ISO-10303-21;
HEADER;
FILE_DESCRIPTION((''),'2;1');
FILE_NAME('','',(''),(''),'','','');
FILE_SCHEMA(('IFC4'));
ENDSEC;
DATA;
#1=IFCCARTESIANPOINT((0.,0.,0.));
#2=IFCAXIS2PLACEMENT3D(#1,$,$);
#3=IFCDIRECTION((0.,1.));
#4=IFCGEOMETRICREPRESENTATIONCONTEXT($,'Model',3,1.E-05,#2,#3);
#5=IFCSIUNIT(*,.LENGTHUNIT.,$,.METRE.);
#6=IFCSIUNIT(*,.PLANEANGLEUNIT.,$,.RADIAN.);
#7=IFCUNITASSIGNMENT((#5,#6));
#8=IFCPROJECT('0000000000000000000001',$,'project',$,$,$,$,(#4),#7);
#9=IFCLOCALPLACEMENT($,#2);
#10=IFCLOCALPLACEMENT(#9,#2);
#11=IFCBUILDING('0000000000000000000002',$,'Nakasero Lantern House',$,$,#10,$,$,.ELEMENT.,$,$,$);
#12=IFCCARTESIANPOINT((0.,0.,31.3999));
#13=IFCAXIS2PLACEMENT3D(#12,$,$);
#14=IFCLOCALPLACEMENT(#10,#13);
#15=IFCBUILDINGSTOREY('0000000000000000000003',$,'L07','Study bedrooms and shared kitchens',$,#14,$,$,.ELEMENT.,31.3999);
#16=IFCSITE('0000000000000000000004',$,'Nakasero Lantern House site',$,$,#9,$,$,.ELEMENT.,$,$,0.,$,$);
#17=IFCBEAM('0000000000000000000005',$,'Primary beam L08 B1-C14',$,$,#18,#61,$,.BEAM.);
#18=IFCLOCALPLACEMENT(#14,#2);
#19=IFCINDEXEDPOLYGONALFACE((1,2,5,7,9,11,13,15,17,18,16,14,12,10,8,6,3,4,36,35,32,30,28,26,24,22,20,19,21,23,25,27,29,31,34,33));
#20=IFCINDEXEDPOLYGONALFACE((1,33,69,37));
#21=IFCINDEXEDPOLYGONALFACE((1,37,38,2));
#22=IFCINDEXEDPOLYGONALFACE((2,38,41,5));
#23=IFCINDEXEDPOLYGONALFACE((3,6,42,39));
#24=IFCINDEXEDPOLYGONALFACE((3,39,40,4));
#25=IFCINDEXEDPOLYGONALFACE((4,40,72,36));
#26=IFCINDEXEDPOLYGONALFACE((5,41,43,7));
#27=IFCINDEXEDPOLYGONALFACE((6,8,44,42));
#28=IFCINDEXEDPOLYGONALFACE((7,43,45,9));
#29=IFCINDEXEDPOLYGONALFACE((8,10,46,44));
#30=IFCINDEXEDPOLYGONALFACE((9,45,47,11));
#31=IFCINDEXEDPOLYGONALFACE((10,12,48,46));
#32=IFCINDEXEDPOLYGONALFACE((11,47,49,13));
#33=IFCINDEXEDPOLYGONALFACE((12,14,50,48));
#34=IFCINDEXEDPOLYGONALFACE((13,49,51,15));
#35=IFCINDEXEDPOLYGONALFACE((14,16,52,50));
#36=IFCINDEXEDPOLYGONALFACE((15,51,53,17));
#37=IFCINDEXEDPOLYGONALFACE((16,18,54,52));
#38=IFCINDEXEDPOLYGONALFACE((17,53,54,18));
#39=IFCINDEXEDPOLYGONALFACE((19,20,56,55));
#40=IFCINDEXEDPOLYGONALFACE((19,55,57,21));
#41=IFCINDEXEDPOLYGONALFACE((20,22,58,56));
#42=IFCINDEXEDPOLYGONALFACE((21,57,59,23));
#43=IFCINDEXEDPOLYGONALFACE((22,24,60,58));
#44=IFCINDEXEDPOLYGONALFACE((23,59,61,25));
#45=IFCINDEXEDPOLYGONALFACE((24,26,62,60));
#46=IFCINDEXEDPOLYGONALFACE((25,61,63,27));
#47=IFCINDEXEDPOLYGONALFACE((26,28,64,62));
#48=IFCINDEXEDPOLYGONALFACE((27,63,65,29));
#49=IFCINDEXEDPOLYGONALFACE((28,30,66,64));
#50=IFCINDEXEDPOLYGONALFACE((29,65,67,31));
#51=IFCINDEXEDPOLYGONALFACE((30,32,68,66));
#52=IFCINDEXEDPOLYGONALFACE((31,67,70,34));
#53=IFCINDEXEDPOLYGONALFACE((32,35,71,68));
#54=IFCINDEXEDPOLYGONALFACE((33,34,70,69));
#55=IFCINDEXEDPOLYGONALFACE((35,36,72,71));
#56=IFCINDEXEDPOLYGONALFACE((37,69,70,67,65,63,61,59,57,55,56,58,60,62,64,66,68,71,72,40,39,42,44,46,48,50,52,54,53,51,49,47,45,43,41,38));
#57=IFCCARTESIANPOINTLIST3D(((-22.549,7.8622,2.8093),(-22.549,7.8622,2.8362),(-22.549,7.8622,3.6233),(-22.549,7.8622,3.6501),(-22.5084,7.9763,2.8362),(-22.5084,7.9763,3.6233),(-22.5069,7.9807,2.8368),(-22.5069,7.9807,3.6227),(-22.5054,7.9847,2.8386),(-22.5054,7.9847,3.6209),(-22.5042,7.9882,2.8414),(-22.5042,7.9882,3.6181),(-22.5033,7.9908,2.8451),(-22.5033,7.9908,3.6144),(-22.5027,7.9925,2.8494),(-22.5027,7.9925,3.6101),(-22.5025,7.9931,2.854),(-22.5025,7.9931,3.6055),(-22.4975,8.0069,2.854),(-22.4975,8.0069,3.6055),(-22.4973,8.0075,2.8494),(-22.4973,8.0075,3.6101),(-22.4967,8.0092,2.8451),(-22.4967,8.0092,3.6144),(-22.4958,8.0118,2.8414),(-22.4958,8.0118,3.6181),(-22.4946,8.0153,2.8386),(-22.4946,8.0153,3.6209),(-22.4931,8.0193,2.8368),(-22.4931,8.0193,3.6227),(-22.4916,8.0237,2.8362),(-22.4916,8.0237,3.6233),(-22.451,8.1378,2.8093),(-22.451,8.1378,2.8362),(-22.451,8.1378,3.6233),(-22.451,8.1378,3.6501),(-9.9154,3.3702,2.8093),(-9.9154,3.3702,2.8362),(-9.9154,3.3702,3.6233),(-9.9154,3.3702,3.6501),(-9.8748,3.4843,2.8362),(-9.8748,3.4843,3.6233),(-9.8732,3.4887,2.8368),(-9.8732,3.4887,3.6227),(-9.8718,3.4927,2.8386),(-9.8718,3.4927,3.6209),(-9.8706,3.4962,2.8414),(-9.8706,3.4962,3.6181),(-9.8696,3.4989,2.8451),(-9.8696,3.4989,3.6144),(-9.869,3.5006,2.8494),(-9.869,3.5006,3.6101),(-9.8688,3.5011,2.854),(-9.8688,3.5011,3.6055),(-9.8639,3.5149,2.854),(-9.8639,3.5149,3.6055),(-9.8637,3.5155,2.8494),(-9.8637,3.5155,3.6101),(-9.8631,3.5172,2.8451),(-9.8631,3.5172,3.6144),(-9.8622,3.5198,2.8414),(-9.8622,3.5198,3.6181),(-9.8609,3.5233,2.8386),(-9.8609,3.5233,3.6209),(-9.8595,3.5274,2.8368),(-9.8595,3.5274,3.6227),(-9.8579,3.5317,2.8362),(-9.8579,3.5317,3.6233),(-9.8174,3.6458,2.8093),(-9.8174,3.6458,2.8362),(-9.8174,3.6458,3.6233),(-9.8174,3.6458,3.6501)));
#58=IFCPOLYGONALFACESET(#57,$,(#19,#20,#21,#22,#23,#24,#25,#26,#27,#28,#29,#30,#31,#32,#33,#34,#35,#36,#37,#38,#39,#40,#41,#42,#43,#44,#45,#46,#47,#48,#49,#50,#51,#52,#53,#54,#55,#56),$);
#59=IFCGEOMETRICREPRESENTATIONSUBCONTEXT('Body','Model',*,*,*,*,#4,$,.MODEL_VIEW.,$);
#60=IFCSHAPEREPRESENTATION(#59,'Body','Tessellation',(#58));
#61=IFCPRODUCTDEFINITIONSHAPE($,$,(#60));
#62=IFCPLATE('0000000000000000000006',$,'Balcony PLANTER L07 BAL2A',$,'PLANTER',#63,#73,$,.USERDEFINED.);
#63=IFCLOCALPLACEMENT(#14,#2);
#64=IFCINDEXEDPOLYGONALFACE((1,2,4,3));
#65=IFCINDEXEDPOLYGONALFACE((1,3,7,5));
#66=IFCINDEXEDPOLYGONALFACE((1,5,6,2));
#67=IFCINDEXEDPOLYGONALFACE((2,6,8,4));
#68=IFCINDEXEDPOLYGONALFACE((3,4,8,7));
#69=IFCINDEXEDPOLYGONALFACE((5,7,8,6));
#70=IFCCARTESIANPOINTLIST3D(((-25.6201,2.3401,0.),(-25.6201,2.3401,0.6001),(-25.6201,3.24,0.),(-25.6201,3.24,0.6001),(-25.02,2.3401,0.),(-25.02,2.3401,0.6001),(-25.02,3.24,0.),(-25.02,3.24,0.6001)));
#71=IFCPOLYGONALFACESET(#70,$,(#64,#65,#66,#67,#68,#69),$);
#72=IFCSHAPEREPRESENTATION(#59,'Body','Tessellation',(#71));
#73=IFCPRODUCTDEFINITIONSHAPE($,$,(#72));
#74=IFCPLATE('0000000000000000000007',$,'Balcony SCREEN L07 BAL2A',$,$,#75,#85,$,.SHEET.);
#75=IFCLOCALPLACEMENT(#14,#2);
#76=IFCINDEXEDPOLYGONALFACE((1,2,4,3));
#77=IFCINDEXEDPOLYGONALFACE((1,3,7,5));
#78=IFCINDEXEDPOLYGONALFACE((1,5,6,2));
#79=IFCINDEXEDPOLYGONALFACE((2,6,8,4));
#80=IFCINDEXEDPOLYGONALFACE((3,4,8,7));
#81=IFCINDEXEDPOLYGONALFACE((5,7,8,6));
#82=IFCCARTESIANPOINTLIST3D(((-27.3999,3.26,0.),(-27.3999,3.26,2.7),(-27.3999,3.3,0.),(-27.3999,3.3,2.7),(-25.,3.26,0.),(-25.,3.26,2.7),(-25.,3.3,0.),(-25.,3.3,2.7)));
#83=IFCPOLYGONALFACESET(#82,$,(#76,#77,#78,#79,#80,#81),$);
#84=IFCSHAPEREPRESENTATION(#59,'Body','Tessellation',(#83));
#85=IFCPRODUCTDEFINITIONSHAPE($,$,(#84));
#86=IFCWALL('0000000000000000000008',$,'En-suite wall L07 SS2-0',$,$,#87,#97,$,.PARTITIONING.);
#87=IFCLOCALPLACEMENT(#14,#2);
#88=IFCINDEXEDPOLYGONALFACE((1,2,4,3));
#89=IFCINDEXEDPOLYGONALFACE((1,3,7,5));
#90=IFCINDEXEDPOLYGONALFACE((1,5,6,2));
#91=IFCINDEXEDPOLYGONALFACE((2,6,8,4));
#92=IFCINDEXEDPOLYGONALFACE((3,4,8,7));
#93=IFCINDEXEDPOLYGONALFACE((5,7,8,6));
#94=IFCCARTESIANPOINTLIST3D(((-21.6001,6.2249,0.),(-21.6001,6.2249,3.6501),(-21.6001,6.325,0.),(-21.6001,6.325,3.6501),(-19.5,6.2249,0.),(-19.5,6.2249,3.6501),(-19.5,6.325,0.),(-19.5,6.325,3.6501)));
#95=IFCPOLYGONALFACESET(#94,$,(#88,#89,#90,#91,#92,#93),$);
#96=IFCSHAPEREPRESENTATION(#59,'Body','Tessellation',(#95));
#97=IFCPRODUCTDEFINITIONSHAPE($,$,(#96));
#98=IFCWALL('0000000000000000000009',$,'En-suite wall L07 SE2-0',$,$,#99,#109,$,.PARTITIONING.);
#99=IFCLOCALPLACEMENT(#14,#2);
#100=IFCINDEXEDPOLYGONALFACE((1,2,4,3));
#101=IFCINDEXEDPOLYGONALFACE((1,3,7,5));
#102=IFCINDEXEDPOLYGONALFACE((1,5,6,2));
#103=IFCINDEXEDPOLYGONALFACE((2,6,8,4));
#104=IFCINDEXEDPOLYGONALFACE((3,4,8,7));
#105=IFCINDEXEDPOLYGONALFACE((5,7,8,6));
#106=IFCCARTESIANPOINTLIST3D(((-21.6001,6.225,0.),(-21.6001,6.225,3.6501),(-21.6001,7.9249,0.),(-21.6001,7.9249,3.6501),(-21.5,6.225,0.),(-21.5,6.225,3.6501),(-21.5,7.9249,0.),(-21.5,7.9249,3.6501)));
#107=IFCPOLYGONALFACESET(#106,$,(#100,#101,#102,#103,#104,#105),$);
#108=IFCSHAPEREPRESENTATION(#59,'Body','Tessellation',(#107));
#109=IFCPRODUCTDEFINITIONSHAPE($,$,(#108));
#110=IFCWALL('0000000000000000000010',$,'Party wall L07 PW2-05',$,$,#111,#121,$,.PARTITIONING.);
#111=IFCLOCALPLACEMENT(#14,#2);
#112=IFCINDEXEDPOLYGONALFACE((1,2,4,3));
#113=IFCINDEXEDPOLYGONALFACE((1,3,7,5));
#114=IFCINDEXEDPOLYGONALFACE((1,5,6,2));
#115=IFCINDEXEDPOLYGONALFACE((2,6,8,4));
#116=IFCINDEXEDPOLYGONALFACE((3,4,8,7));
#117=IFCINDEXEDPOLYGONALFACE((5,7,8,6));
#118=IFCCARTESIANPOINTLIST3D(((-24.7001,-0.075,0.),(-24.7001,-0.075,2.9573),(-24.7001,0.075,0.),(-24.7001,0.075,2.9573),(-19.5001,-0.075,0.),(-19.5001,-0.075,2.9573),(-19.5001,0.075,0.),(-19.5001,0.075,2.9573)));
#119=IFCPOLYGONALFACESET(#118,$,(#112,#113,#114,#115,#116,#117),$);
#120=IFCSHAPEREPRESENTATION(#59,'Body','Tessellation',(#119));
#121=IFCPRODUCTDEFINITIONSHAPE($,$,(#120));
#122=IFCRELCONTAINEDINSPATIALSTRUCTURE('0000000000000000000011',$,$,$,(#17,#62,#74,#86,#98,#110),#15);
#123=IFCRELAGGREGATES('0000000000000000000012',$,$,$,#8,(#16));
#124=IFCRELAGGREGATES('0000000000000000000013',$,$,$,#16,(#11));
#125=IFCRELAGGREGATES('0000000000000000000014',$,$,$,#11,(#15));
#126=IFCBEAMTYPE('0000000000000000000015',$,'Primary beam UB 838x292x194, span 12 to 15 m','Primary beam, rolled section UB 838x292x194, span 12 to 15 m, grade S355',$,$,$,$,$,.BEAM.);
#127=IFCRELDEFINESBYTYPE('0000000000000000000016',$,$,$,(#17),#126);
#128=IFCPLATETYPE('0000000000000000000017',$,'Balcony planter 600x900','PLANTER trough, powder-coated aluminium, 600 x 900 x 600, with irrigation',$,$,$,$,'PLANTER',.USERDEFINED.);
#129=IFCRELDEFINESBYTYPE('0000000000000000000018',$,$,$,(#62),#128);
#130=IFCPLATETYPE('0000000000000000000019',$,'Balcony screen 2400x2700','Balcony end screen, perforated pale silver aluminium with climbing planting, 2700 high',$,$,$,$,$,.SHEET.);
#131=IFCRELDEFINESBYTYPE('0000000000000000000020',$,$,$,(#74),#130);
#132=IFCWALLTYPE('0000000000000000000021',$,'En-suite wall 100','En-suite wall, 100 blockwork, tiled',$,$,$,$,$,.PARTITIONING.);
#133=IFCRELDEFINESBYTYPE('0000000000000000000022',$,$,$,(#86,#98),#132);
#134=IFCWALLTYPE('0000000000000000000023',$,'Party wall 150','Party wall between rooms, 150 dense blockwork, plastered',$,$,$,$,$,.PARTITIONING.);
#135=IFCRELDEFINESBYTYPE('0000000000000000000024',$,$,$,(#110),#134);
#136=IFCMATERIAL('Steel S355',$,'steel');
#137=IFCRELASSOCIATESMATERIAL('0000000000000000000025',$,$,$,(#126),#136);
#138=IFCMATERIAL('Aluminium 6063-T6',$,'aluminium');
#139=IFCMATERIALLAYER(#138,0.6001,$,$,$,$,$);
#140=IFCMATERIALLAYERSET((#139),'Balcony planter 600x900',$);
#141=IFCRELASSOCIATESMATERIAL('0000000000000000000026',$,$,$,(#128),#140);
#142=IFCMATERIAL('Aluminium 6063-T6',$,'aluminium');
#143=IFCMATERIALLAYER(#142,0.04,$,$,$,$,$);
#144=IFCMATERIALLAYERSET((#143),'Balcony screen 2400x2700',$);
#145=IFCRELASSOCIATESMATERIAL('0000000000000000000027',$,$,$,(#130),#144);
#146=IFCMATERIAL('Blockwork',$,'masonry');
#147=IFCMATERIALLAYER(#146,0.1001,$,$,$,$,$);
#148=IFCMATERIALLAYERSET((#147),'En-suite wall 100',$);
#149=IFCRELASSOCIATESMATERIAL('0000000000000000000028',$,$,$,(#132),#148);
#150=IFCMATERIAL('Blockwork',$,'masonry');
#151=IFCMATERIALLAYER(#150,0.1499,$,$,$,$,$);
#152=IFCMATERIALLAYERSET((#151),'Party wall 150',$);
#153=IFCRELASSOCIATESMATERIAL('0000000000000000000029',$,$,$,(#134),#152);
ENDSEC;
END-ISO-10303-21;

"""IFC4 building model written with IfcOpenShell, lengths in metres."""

from ifc_helpers import new_model, si_unit, direction, frame, frame_2d, origin, origin_2d, place, context, subcontext, project, spatial, rectangle, i_section, extrude, material, layer, layer_set, material_profile, profile_set, type_object, element, save


model = new_model("IFC4")

# Units and contexts
model_context = context("Model", 3, precision=1e-05, world=origin(), true_north=direction((0.0, 1.0)))
body_context = subcontext(model_context, "Body", "Model", "MODEL_VIEW")
ifc_project = project(units=[si_unit("LENGTHUNIT", "METRE"), si_unit("PLANEANGLEUNIT", "RADIAN")], contexts=[model_context])

# Site, building, storey
site_placement = place(None, origin())
site = spatial("IfcSite", under=ifc_project, at=site_placement, Name="Nakasero Lantern House site", CompositionType="ELEMENT", RefElevation=0.0)
building_placement = place(site_placement, origin())
building = spatial("IfcBuilding", under=site, at=building_placement, Name="Nakasero Lantern House", CompositionType="ELEMENT")
storey_placement = place(building_placement, frame((0.0, 0.0, 31.3999)))
storey = spatial("IfcBuildingStorey", under=building, at=storey_placement, Name="L07", Description="Study bedrooms and shared kitchens", CompositionType="ELEMENT", Elevation=31.3999)

# Beam
ifc_material_1 = material(Name="Steel S355", Category="steel")
ifc_material_profile_1 = material_profile(ifc_material_1, i_section(OverallWidth=0.2925, OverallDepth=0.8408, WebThickness=0.0146, FlangeThickness=0.0269, FilletRadius=0.0178, at=origin_2d()), Name="UB 838x292x194")
ifc_profile_set_1 = profile_set([ifc_material_profile_1], Name="Steel S355")
beam_type_1 = type_object("IfcBeamType", Name="Primary beam UB 838x292x194, span 12 to 15 m", Description="Primary beam, rolled section UB 838x292x194, span 12 to 15 m, grade S355", PredefinedType="BEAM", material=ifc_profile_set_1)
beam_1_placement = place(storey_placement, frame((-22.5, 8.0, 3.2297), z_axis=(0.942214, -0.335011, 0.0), x_axis=(0.335011, 0.942214, 0.0)))
element("IfcBeam", 1, at=beam_1_placement, inside=storey, type_object=beam_type_1, Name="Primary beam L08 B1-C14", PredefinedType="BEAM", context=body_context, shape_type="SweptSolid", body=[
    extrude(i_section(OverallWidth=0.2925, OverallDepth=0.8408, WebThickness=0.0146, FlangeThickness=0.0269, FilletRadius=0.0178, at=origin_2d()), origin(), (0.0, 0.0, 1.0), 13.4084),
])

# Plates
ifc_material_2 = material(Name="Aluminium 6063-T6", Category="aluminium")
ifc_layer_1 = layer(ifc_material_2, 0.6001)
ifc_layer_set_1 = layer_set([ifc_layer_1], Name="Balcony planter 600x900")
plate_type_1 = type_object("IfcPlateType", Name="Balcony planter 600x900", Description="PLANTER trough, powder-coated aluminium, 600 x 900 x 600, with irrigation", ElementType="PLANTER", PredefinedType="USERDEFINED", material=ifc_layer_set_1)
plate_1_placement = place(storey_placement, frame((-25.3201, 2.79, 0.0), z_axis=(0.0, 0.0, 1.0), x_axis=(-1.0, 0.0, 0.0)))
element("IfcPlate", 2, at=plate_1_placement, inside=storey, type_object=plate_type_1, Name="Balcony PLANTER L07 BAL2A", ObjectType="PLANTER", PredefinedType="USERDEFINED", context=body_context, shape_type="SweptSolid", body=[
    extrude(rectangle(XDim=0.6001, YDim=0.8999, at=origin_2d()), origin(), (0.0, 0.0, 1.0), 0.6001),
])
ifc_material_3 = material(Name="Aluminium 6063-T6", Category="aluminium")
ifc_layer_2 = layer(ifc_material_3, 0.04)
ifc_layer_set_2 = layer_set([ifc_layer_2], Name="Balcony screen 2400x2700")
plate_type_2 = type_object("IfcPlateType", Name="Balcony screen 2400x2700", Description="Balcony end screen, perforated pale silver aluminium with climbing planting, 2700 high", PredefinedType="SHEET", material=ifc_layer_set_2)
plate_2_placement = place(storey_placement, frame((-26.2, 3.28, 0.0), z_axis=(0.0, 0.0, 1.0), x_axis=(-1.0, 0.0, 0.0)))
element("IfcPlate", 3, at=plate_2_placement, inside=storey, type_object=plate_type_2, Name="Balcony SCREEN L07 BAL2A", PredefinedType="SHEET", context=body_context, shape_type="SweptSolid", body=[
    extrude(rectangle(XDim=2.3999, YDim=0.04, at=origin_2d()), origin(), (0.0, 0.0, 1.0), 2.7),
])

# Walls
ifc_material_4 = material(Name="Blockwork", Category="masonry")
ifc_layer_3 = layer(ifc_material_4, 0.1001)
ifc_layer_set_3 = layer_set([ifc_layer_3], Name="En-suite wall 100")
wall_type_1 = type_object("IfcWallType", Name="En-suite wall 100", Description="En-suite wall, 100 blockwork, tiled", PredefinedType="PARTITIONING", material=ifc_layer_set_3)
wall_1_placement = place(storey_placement, frame((-19.5, 6.2749, 0.0), z_axis=(0.0, 0.0, 1.0), x_axis=(-1.0, 0.0, 0.0)))
element("IfcWall", 4, at=wall_1_placement, inside=storey, type_object=wall_type_1, Name="En-suite wall L07 SS2-0", PredefinedType="PARTITIONING", context=body_context, shape_type="SweptSolid", body=[
    extrude(rectangle(XDim=2.1001, YDim=0.1001, at=frame_2d((1.05, 0.0))), origin(), (0.0, 0.0, 1.0), 3.6501),
])
wall_2_placement = place(storey_placement, frame((-21.55, 7.925, 0.0), z_axis=(0.0, 0.0, 1.0), x_axis=(0.0, -1.0, 0.0)))
element("IfcWall", 5, at=wall_2_placement, inside=storey, type_object=wall_type_1, Name="En-suite wall L07 SE2-0", PredefinedType="PARTITIONING", context=body_context, shape_type="SweptSolid", body=[
    extrude(rectangle(XDim=1.7, YDim=0.1001, at=frame_2d((0.8501, 0.0))), origin(), (0.0, 0.0, 1.0), 3.6501),
])
ifc_material_5 = material(Name="Blockwork", Category="masonry")
ifc_layer_4 = layer(ifc_material_5, 0.1499)
ifc_layer_set_4 = layer_set([ifc_layer_4], Name="Party wall 150")
wall_type_2 = type_object("IfcWallType", Name="Party wall 150", Description="Party wall between rooms, 150 dense blockwork, plastered", PredefinedType="PARTITIONING", material=ifc_layer_set_4)
wall_3_placement = place(storey_placement, frame((-19.5, 0.0, 0.0), z_axis=(0.0, 0.0, 1.0), x_axis=(-1.0, 0.0, 0.0)))
element("IfcWall", 6, at=wall_3_placement, inside=storey, type_object=wall_type_2, Name="Party wall L07 PW2-05", PredefinedType="PARTITIONING", context=body_context, shape_type="SweptSolid", body=[
    extrude(rectangle(XDim=5.2, YDim=0.1499, at=frame_2d((2.6001, 0.0))), origin(), (0.0, 0.0, 1.0), 2.9573),
])

save(model, "model.ifc")
